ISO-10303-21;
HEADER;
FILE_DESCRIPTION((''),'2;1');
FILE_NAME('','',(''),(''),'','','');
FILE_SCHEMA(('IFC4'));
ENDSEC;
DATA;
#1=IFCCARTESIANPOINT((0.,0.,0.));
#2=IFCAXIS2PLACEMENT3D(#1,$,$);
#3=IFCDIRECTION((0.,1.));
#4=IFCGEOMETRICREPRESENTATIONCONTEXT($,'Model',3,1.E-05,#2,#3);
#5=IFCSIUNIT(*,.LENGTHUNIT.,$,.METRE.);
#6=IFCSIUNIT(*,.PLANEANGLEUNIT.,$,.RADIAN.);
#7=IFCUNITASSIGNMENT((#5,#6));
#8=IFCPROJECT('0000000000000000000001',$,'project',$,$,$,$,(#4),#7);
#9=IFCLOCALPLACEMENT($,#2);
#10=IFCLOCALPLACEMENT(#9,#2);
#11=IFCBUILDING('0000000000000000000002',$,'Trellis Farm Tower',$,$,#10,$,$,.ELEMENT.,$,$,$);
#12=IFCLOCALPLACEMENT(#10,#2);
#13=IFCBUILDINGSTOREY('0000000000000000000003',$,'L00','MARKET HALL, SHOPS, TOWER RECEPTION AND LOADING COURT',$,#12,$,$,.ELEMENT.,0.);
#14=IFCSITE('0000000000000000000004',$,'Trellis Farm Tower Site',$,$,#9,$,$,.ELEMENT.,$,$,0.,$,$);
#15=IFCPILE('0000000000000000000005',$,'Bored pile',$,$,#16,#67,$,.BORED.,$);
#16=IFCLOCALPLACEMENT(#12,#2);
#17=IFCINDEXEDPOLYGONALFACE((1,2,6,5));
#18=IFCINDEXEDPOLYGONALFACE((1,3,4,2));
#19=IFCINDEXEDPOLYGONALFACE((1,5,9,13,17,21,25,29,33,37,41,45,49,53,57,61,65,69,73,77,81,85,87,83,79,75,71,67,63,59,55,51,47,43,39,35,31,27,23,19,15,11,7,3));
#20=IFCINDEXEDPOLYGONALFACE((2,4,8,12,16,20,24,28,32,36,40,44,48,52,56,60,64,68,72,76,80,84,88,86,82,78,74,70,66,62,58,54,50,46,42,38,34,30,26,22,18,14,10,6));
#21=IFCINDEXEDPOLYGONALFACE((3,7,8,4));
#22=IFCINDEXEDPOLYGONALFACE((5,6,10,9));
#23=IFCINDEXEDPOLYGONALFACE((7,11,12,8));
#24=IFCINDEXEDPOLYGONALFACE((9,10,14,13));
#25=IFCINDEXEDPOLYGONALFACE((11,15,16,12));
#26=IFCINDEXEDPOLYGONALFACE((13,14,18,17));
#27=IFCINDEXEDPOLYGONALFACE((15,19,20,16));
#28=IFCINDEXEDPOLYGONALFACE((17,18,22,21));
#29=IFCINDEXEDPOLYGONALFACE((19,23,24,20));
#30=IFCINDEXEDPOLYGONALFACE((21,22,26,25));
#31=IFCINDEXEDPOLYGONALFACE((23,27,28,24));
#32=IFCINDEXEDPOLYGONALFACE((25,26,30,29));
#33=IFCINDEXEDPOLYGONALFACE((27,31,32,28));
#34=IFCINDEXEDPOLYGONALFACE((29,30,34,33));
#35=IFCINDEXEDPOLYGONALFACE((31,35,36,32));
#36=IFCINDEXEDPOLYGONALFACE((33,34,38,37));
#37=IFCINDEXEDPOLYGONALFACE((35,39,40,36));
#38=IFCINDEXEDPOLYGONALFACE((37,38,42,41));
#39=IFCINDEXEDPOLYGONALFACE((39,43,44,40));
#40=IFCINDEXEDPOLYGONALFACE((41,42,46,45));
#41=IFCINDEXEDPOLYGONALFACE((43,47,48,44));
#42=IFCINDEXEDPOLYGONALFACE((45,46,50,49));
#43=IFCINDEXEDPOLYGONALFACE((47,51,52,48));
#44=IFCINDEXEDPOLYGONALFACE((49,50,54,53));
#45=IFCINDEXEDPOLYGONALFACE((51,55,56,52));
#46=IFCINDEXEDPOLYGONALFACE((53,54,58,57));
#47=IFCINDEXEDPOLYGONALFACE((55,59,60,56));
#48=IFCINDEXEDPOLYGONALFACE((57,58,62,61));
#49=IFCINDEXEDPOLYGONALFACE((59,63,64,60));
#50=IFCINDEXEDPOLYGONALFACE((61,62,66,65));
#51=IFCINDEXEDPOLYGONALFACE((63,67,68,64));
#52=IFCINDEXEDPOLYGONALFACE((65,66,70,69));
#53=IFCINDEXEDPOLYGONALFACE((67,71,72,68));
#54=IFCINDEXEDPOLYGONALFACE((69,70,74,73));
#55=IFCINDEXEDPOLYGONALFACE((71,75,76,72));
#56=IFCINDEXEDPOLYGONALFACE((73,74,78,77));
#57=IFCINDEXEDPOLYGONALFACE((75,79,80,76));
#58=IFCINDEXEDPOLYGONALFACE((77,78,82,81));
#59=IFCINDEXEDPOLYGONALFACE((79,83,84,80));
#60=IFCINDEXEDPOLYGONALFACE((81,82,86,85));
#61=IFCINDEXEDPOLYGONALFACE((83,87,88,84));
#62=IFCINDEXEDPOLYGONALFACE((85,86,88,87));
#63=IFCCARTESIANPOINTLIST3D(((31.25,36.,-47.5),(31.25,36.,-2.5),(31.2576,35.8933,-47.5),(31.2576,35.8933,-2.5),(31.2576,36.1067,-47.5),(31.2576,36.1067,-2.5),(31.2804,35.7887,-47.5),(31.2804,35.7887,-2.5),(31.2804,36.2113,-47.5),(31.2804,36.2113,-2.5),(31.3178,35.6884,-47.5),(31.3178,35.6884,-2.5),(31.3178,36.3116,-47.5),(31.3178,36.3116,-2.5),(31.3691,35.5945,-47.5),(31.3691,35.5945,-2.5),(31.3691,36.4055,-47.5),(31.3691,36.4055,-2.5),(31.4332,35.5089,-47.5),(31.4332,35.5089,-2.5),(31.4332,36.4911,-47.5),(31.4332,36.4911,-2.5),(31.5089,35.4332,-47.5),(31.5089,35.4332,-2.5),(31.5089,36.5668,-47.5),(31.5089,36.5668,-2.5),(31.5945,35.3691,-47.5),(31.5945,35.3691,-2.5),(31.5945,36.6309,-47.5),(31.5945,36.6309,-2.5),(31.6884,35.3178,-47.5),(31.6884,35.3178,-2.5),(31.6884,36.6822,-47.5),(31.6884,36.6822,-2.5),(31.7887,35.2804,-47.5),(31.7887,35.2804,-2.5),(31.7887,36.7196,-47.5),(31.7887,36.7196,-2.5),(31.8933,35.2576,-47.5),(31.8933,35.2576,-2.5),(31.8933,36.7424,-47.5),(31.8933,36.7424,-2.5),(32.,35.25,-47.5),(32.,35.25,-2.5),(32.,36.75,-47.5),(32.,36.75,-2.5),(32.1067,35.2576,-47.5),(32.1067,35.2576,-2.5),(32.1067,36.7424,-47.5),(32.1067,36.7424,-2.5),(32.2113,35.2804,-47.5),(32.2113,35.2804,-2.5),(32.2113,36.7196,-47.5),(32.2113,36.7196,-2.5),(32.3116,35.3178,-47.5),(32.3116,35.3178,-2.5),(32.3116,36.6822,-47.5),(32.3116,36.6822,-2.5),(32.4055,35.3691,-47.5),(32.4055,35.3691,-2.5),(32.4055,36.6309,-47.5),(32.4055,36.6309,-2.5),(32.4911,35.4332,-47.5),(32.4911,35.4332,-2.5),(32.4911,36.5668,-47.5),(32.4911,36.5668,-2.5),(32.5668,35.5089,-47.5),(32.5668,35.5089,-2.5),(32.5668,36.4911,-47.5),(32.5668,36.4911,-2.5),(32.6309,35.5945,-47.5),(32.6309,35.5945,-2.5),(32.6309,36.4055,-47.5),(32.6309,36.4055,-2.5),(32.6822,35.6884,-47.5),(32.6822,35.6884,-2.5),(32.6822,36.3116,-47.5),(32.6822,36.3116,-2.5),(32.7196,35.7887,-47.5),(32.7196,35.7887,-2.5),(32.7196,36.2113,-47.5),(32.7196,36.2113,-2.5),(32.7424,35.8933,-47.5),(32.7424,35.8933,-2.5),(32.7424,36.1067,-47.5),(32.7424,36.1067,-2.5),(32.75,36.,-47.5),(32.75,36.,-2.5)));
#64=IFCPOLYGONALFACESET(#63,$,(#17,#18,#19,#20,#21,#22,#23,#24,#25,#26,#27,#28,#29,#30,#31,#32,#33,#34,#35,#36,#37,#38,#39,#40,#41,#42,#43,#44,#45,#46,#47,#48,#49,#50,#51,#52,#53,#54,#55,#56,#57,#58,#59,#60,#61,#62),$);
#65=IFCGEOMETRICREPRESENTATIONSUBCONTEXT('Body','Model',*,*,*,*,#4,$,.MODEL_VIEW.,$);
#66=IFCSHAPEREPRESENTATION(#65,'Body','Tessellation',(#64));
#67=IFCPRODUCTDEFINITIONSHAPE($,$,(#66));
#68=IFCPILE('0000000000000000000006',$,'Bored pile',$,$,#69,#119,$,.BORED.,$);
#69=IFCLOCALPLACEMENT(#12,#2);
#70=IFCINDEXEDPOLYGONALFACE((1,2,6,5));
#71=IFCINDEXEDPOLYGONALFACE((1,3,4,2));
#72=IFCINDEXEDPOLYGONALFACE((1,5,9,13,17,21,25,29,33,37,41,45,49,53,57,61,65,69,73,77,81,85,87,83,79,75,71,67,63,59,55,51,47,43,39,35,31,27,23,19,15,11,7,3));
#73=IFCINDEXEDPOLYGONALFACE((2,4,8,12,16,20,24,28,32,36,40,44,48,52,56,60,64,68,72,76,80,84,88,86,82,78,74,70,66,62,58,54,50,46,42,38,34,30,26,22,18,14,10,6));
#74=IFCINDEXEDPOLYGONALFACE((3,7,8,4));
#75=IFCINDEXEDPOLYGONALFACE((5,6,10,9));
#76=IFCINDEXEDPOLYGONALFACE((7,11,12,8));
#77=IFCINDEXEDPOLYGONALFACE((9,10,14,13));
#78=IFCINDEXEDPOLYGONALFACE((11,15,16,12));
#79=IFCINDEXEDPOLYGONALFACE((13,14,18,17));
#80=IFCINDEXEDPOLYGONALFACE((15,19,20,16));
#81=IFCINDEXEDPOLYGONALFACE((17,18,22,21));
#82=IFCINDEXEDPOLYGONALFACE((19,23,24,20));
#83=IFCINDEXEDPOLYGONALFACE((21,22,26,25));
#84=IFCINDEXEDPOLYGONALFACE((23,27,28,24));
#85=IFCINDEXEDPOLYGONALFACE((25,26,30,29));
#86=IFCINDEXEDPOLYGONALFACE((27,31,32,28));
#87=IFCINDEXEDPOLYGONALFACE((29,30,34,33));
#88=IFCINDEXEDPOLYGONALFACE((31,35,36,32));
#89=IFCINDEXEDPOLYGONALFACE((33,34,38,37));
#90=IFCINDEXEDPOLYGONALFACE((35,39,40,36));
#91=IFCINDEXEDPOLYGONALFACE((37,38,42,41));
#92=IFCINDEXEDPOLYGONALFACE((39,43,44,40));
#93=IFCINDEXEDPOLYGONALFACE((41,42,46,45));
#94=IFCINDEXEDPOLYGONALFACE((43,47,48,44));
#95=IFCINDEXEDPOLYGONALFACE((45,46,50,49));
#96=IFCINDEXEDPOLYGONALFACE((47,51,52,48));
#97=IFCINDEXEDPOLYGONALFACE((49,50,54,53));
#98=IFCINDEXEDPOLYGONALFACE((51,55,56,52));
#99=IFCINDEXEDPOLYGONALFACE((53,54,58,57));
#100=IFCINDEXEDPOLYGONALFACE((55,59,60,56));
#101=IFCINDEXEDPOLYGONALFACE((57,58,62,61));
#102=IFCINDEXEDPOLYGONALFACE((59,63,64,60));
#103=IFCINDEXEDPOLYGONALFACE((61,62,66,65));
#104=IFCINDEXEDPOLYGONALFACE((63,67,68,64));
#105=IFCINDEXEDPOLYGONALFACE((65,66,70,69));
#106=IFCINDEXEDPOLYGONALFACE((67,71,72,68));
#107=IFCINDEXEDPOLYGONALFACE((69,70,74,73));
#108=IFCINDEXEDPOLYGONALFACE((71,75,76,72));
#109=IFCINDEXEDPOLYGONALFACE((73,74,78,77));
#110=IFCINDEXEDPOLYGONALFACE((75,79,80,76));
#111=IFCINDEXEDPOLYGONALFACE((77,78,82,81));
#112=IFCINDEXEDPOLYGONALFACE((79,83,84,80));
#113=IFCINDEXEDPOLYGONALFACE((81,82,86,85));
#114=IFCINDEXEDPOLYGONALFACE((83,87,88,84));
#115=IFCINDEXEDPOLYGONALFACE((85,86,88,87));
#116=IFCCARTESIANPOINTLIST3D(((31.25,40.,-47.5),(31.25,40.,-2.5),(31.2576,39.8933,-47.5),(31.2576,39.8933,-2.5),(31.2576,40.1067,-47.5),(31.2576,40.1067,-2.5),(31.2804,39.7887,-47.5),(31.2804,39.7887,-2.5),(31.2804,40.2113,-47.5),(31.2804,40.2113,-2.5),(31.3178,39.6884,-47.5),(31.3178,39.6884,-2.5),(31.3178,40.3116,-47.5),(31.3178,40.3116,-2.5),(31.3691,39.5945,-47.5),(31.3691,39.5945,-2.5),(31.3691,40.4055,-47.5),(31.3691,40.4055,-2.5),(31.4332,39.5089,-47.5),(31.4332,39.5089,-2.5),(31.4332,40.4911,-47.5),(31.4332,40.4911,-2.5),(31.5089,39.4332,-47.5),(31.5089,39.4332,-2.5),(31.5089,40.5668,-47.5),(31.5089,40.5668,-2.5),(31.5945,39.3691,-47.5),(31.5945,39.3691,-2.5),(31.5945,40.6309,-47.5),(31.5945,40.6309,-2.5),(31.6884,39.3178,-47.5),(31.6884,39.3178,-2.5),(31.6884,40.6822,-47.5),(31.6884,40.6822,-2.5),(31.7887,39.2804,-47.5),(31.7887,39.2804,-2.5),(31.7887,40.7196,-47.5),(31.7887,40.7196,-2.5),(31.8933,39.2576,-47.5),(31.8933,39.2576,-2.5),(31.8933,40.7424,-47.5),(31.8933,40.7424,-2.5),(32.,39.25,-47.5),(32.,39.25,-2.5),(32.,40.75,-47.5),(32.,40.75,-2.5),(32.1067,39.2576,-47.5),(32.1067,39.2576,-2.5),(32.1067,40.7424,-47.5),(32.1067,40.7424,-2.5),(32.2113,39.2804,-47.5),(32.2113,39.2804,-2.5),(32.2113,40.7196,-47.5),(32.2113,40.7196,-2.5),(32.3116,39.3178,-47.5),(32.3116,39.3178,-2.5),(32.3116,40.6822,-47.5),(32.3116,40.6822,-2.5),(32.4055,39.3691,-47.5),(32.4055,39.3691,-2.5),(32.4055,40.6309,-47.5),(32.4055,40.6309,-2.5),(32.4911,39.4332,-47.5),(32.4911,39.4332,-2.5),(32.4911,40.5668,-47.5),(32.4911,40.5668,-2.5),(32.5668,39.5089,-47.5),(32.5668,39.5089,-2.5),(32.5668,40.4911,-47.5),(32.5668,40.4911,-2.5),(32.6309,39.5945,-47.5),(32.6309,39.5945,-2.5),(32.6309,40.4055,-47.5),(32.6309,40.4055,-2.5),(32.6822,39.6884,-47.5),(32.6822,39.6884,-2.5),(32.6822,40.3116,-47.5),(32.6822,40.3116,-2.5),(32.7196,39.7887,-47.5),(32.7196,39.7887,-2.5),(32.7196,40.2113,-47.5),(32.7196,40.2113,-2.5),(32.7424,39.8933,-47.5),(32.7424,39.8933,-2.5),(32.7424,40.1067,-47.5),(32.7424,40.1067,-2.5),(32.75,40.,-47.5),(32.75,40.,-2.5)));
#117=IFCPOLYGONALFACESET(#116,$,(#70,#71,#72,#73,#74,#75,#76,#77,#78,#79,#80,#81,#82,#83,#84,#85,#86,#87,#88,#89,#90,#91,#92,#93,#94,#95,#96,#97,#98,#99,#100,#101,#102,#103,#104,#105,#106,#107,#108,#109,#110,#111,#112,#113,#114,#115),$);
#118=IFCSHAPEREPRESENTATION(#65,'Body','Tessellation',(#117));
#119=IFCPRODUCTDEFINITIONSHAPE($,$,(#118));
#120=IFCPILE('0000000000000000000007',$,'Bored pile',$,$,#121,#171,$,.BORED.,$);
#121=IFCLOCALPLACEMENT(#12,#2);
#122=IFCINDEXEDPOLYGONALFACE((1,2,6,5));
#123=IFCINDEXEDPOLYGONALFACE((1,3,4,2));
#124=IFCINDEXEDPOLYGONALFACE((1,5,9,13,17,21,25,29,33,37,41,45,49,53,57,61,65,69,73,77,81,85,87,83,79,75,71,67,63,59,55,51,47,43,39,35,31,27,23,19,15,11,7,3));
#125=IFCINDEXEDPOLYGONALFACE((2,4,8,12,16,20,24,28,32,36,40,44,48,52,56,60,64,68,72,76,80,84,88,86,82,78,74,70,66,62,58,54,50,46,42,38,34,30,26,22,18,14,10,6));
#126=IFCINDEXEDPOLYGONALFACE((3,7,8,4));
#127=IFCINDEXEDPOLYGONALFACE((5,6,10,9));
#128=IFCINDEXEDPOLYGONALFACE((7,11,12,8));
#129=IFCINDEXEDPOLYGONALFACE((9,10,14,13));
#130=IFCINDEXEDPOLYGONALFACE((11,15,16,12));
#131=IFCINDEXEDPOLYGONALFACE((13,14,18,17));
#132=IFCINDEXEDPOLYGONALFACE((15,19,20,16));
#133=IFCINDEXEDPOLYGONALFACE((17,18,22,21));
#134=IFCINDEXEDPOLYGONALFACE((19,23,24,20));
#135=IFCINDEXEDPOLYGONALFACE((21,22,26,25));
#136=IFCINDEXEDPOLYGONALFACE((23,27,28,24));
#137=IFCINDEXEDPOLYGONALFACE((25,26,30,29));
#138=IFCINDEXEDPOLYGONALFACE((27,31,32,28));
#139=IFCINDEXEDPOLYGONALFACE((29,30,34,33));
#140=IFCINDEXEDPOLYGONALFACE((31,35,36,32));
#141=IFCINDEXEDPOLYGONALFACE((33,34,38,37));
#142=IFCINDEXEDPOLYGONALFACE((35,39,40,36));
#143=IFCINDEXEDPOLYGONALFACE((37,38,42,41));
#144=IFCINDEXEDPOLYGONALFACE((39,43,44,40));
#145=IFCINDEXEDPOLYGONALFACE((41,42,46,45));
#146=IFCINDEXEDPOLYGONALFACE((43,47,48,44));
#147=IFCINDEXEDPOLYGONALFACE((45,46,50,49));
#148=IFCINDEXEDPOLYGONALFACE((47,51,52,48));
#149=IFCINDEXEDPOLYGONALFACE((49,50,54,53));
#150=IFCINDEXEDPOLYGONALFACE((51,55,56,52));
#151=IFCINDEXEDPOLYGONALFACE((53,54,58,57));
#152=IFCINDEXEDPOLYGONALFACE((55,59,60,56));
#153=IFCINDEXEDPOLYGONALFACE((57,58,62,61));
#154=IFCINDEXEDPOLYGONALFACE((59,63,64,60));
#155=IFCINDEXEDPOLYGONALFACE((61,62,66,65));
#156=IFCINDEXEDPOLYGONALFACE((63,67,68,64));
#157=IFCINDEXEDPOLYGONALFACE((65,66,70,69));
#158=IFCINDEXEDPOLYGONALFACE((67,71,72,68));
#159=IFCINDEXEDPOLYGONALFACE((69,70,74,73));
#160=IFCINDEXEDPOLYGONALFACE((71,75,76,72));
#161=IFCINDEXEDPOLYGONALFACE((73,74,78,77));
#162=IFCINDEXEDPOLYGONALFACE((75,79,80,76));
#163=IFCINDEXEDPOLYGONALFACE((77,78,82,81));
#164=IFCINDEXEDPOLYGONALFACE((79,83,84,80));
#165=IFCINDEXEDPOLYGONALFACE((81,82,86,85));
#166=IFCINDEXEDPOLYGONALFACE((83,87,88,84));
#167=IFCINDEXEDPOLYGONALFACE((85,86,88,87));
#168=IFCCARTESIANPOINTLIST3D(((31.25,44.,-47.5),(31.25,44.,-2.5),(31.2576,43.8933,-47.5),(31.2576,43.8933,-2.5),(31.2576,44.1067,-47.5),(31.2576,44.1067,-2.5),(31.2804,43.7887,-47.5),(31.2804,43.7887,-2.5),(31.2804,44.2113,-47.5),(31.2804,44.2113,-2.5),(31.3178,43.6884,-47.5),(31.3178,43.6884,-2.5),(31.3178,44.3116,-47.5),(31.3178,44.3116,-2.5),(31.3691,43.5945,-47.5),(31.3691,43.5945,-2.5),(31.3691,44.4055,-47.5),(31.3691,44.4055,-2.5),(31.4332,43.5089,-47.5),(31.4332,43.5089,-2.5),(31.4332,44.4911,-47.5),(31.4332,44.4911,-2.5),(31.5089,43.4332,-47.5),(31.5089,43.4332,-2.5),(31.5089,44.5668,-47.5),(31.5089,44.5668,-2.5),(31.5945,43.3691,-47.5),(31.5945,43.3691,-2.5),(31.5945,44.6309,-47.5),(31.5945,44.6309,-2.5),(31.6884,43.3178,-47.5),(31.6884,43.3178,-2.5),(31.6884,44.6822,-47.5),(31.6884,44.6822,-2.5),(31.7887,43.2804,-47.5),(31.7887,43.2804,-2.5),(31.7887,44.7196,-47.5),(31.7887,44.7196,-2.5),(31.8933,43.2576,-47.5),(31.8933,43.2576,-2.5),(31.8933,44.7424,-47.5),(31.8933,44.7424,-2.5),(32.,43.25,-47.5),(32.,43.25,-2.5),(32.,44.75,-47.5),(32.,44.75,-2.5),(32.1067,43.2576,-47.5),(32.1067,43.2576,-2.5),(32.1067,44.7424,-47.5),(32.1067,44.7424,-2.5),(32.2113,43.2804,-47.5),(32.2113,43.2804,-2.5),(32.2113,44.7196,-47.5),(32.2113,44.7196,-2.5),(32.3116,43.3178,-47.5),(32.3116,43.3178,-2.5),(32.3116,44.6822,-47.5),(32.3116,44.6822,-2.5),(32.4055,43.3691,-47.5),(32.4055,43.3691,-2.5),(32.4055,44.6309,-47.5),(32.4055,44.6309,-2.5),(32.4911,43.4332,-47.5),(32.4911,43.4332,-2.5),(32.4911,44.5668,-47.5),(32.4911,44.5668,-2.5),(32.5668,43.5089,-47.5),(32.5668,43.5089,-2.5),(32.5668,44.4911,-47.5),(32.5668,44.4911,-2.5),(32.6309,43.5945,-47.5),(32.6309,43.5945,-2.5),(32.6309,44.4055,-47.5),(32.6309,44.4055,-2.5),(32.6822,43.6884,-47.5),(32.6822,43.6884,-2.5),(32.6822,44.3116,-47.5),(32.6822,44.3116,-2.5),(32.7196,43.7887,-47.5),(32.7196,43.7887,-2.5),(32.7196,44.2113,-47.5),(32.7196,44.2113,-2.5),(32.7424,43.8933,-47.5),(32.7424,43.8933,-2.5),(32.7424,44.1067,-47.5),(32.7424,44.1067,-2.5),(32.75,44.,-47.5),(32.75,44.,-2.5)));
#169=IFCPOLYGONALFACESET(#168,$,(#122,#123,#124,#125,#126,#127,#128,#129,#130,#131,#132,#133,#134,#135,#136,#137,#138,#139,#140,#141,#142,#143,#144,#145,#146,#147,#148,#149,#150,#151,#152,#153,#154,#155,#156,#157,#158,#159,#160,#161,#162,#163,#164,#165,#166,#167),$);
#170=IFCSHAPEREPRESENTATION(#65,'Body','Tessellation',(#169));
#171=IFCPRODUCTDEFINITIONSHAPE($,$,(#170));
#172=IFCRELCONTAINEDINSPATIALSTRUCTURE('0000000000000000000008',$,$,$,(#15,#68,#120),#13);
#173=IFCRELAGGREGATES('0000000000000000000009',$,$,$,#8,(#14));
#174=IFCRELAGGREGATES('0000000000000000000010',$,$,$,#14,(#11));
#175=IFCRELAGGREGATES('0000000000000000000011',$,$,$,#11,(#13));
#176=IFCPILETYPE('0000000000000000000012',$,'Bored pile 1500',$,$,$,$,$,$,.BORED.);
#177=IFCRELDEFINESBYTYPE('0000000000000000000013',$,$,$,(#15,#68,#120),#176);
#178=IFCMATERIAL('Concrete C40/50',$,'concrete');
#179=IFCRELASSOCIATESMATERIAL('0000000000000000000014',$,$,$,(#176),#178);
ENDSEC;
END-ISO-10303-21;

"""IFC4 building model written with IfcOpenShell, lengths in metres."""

from ifc_helpers import new_model, si_unit, direction, frame, origin, origin_2d, place, context, subcontext, project, spatial, circle, extrude, source, transform, mapped, material, material_profile, profile_set, type_object, element, save


model = new_model("IFC4")

# Units and contexts
model_context = context("Model", 3, precision=1e-05, world=origin(), true_north=direction((0.0, 1.0)))
body_context = subcontext(model_context, "Body", "Model", "MODEL_VIEW")
ifc_project = project(units=[si_unit("LENGTHUNIT", "METRE"), si_unit("PLANEANGLEUNIT", "RADIAN")], contexts=[model_context])

# Site, building, storey
site_placement = place(None, origin())
site = spatial("IfcSite", under=ifc_project, at=site_placement, Name="Trellis Farm Tower Site", CompositionType="ELEMENT", RefElevation=0.0)
building_placement = place(site_placement, origin())
building = spatial("IfcBuilding", under=site, at=building_placement, Name="Trellis Farm Tower", CompositionType="ELEMENT")
storey_placement = place(building_placement, origin())
storey = spatial("IfcBuildingStorey", under=building, at=storey_placement, Name="L00", Description="MARKET HALL, SHOPS, TOWER RECEPTION AND LOADING COURT", CompositionType="ELEMENT", Elevation=0.0)

# Piles
ifc_material_1 = material(Name="Concrete C40/50", Category="concrete")
ifc_material_profile_1 = material_profile(ifc_material_1, circle(Radius=0.75, at=origin_2d()), Name="Bored pile 1500")
ifc_profile_set_1 = profile_set([ifc_material_profile_1], Name="Concrete C40/50")
pile_type = type_object("IfcPileType", Name="Bored pile 1500", PredefinedType="BORED", material=ifc_profile_set_1)
shared_shape_1 = source(origin(), body_context, "Body", "SweptSolid", [
    extrude(circle(Radius=0.75, at=origin_2d()), origin(), (0.0, 0.0, 1.0), 45.0),
])
for number, where, z_axis, x_axis, name in (
    (1, (32.0, 36.0, -2.5), (0.0, 0.0, -1.0), (1.0, 0.0, 0.0), "Bored pile"),
    (2, (32.0, 40.0, -2.5), (0.0, 0.0, -1.0), (1.0, 0.0, 0.0), "Bored pile"),
    (3, (32.0, 44.0, -2.5), (0.0, 0.0, -1.0), (1.0, 0.0, 0.0), "Bored pile"),
):
    element("IfcPile", number, at=place(storey_placement, frame(where, z_axis=z_axis, x_axis=x_axis)), inside=storey, type_object=pile_type, Name=name, PredefinedType="BORED", context=body_context, shape_type="MappedRepresentation", body=[
        mapped(shared_shape_1, transform((0.0, 0.0, 0.0))),
    ])

save(model, "model.ifc")
